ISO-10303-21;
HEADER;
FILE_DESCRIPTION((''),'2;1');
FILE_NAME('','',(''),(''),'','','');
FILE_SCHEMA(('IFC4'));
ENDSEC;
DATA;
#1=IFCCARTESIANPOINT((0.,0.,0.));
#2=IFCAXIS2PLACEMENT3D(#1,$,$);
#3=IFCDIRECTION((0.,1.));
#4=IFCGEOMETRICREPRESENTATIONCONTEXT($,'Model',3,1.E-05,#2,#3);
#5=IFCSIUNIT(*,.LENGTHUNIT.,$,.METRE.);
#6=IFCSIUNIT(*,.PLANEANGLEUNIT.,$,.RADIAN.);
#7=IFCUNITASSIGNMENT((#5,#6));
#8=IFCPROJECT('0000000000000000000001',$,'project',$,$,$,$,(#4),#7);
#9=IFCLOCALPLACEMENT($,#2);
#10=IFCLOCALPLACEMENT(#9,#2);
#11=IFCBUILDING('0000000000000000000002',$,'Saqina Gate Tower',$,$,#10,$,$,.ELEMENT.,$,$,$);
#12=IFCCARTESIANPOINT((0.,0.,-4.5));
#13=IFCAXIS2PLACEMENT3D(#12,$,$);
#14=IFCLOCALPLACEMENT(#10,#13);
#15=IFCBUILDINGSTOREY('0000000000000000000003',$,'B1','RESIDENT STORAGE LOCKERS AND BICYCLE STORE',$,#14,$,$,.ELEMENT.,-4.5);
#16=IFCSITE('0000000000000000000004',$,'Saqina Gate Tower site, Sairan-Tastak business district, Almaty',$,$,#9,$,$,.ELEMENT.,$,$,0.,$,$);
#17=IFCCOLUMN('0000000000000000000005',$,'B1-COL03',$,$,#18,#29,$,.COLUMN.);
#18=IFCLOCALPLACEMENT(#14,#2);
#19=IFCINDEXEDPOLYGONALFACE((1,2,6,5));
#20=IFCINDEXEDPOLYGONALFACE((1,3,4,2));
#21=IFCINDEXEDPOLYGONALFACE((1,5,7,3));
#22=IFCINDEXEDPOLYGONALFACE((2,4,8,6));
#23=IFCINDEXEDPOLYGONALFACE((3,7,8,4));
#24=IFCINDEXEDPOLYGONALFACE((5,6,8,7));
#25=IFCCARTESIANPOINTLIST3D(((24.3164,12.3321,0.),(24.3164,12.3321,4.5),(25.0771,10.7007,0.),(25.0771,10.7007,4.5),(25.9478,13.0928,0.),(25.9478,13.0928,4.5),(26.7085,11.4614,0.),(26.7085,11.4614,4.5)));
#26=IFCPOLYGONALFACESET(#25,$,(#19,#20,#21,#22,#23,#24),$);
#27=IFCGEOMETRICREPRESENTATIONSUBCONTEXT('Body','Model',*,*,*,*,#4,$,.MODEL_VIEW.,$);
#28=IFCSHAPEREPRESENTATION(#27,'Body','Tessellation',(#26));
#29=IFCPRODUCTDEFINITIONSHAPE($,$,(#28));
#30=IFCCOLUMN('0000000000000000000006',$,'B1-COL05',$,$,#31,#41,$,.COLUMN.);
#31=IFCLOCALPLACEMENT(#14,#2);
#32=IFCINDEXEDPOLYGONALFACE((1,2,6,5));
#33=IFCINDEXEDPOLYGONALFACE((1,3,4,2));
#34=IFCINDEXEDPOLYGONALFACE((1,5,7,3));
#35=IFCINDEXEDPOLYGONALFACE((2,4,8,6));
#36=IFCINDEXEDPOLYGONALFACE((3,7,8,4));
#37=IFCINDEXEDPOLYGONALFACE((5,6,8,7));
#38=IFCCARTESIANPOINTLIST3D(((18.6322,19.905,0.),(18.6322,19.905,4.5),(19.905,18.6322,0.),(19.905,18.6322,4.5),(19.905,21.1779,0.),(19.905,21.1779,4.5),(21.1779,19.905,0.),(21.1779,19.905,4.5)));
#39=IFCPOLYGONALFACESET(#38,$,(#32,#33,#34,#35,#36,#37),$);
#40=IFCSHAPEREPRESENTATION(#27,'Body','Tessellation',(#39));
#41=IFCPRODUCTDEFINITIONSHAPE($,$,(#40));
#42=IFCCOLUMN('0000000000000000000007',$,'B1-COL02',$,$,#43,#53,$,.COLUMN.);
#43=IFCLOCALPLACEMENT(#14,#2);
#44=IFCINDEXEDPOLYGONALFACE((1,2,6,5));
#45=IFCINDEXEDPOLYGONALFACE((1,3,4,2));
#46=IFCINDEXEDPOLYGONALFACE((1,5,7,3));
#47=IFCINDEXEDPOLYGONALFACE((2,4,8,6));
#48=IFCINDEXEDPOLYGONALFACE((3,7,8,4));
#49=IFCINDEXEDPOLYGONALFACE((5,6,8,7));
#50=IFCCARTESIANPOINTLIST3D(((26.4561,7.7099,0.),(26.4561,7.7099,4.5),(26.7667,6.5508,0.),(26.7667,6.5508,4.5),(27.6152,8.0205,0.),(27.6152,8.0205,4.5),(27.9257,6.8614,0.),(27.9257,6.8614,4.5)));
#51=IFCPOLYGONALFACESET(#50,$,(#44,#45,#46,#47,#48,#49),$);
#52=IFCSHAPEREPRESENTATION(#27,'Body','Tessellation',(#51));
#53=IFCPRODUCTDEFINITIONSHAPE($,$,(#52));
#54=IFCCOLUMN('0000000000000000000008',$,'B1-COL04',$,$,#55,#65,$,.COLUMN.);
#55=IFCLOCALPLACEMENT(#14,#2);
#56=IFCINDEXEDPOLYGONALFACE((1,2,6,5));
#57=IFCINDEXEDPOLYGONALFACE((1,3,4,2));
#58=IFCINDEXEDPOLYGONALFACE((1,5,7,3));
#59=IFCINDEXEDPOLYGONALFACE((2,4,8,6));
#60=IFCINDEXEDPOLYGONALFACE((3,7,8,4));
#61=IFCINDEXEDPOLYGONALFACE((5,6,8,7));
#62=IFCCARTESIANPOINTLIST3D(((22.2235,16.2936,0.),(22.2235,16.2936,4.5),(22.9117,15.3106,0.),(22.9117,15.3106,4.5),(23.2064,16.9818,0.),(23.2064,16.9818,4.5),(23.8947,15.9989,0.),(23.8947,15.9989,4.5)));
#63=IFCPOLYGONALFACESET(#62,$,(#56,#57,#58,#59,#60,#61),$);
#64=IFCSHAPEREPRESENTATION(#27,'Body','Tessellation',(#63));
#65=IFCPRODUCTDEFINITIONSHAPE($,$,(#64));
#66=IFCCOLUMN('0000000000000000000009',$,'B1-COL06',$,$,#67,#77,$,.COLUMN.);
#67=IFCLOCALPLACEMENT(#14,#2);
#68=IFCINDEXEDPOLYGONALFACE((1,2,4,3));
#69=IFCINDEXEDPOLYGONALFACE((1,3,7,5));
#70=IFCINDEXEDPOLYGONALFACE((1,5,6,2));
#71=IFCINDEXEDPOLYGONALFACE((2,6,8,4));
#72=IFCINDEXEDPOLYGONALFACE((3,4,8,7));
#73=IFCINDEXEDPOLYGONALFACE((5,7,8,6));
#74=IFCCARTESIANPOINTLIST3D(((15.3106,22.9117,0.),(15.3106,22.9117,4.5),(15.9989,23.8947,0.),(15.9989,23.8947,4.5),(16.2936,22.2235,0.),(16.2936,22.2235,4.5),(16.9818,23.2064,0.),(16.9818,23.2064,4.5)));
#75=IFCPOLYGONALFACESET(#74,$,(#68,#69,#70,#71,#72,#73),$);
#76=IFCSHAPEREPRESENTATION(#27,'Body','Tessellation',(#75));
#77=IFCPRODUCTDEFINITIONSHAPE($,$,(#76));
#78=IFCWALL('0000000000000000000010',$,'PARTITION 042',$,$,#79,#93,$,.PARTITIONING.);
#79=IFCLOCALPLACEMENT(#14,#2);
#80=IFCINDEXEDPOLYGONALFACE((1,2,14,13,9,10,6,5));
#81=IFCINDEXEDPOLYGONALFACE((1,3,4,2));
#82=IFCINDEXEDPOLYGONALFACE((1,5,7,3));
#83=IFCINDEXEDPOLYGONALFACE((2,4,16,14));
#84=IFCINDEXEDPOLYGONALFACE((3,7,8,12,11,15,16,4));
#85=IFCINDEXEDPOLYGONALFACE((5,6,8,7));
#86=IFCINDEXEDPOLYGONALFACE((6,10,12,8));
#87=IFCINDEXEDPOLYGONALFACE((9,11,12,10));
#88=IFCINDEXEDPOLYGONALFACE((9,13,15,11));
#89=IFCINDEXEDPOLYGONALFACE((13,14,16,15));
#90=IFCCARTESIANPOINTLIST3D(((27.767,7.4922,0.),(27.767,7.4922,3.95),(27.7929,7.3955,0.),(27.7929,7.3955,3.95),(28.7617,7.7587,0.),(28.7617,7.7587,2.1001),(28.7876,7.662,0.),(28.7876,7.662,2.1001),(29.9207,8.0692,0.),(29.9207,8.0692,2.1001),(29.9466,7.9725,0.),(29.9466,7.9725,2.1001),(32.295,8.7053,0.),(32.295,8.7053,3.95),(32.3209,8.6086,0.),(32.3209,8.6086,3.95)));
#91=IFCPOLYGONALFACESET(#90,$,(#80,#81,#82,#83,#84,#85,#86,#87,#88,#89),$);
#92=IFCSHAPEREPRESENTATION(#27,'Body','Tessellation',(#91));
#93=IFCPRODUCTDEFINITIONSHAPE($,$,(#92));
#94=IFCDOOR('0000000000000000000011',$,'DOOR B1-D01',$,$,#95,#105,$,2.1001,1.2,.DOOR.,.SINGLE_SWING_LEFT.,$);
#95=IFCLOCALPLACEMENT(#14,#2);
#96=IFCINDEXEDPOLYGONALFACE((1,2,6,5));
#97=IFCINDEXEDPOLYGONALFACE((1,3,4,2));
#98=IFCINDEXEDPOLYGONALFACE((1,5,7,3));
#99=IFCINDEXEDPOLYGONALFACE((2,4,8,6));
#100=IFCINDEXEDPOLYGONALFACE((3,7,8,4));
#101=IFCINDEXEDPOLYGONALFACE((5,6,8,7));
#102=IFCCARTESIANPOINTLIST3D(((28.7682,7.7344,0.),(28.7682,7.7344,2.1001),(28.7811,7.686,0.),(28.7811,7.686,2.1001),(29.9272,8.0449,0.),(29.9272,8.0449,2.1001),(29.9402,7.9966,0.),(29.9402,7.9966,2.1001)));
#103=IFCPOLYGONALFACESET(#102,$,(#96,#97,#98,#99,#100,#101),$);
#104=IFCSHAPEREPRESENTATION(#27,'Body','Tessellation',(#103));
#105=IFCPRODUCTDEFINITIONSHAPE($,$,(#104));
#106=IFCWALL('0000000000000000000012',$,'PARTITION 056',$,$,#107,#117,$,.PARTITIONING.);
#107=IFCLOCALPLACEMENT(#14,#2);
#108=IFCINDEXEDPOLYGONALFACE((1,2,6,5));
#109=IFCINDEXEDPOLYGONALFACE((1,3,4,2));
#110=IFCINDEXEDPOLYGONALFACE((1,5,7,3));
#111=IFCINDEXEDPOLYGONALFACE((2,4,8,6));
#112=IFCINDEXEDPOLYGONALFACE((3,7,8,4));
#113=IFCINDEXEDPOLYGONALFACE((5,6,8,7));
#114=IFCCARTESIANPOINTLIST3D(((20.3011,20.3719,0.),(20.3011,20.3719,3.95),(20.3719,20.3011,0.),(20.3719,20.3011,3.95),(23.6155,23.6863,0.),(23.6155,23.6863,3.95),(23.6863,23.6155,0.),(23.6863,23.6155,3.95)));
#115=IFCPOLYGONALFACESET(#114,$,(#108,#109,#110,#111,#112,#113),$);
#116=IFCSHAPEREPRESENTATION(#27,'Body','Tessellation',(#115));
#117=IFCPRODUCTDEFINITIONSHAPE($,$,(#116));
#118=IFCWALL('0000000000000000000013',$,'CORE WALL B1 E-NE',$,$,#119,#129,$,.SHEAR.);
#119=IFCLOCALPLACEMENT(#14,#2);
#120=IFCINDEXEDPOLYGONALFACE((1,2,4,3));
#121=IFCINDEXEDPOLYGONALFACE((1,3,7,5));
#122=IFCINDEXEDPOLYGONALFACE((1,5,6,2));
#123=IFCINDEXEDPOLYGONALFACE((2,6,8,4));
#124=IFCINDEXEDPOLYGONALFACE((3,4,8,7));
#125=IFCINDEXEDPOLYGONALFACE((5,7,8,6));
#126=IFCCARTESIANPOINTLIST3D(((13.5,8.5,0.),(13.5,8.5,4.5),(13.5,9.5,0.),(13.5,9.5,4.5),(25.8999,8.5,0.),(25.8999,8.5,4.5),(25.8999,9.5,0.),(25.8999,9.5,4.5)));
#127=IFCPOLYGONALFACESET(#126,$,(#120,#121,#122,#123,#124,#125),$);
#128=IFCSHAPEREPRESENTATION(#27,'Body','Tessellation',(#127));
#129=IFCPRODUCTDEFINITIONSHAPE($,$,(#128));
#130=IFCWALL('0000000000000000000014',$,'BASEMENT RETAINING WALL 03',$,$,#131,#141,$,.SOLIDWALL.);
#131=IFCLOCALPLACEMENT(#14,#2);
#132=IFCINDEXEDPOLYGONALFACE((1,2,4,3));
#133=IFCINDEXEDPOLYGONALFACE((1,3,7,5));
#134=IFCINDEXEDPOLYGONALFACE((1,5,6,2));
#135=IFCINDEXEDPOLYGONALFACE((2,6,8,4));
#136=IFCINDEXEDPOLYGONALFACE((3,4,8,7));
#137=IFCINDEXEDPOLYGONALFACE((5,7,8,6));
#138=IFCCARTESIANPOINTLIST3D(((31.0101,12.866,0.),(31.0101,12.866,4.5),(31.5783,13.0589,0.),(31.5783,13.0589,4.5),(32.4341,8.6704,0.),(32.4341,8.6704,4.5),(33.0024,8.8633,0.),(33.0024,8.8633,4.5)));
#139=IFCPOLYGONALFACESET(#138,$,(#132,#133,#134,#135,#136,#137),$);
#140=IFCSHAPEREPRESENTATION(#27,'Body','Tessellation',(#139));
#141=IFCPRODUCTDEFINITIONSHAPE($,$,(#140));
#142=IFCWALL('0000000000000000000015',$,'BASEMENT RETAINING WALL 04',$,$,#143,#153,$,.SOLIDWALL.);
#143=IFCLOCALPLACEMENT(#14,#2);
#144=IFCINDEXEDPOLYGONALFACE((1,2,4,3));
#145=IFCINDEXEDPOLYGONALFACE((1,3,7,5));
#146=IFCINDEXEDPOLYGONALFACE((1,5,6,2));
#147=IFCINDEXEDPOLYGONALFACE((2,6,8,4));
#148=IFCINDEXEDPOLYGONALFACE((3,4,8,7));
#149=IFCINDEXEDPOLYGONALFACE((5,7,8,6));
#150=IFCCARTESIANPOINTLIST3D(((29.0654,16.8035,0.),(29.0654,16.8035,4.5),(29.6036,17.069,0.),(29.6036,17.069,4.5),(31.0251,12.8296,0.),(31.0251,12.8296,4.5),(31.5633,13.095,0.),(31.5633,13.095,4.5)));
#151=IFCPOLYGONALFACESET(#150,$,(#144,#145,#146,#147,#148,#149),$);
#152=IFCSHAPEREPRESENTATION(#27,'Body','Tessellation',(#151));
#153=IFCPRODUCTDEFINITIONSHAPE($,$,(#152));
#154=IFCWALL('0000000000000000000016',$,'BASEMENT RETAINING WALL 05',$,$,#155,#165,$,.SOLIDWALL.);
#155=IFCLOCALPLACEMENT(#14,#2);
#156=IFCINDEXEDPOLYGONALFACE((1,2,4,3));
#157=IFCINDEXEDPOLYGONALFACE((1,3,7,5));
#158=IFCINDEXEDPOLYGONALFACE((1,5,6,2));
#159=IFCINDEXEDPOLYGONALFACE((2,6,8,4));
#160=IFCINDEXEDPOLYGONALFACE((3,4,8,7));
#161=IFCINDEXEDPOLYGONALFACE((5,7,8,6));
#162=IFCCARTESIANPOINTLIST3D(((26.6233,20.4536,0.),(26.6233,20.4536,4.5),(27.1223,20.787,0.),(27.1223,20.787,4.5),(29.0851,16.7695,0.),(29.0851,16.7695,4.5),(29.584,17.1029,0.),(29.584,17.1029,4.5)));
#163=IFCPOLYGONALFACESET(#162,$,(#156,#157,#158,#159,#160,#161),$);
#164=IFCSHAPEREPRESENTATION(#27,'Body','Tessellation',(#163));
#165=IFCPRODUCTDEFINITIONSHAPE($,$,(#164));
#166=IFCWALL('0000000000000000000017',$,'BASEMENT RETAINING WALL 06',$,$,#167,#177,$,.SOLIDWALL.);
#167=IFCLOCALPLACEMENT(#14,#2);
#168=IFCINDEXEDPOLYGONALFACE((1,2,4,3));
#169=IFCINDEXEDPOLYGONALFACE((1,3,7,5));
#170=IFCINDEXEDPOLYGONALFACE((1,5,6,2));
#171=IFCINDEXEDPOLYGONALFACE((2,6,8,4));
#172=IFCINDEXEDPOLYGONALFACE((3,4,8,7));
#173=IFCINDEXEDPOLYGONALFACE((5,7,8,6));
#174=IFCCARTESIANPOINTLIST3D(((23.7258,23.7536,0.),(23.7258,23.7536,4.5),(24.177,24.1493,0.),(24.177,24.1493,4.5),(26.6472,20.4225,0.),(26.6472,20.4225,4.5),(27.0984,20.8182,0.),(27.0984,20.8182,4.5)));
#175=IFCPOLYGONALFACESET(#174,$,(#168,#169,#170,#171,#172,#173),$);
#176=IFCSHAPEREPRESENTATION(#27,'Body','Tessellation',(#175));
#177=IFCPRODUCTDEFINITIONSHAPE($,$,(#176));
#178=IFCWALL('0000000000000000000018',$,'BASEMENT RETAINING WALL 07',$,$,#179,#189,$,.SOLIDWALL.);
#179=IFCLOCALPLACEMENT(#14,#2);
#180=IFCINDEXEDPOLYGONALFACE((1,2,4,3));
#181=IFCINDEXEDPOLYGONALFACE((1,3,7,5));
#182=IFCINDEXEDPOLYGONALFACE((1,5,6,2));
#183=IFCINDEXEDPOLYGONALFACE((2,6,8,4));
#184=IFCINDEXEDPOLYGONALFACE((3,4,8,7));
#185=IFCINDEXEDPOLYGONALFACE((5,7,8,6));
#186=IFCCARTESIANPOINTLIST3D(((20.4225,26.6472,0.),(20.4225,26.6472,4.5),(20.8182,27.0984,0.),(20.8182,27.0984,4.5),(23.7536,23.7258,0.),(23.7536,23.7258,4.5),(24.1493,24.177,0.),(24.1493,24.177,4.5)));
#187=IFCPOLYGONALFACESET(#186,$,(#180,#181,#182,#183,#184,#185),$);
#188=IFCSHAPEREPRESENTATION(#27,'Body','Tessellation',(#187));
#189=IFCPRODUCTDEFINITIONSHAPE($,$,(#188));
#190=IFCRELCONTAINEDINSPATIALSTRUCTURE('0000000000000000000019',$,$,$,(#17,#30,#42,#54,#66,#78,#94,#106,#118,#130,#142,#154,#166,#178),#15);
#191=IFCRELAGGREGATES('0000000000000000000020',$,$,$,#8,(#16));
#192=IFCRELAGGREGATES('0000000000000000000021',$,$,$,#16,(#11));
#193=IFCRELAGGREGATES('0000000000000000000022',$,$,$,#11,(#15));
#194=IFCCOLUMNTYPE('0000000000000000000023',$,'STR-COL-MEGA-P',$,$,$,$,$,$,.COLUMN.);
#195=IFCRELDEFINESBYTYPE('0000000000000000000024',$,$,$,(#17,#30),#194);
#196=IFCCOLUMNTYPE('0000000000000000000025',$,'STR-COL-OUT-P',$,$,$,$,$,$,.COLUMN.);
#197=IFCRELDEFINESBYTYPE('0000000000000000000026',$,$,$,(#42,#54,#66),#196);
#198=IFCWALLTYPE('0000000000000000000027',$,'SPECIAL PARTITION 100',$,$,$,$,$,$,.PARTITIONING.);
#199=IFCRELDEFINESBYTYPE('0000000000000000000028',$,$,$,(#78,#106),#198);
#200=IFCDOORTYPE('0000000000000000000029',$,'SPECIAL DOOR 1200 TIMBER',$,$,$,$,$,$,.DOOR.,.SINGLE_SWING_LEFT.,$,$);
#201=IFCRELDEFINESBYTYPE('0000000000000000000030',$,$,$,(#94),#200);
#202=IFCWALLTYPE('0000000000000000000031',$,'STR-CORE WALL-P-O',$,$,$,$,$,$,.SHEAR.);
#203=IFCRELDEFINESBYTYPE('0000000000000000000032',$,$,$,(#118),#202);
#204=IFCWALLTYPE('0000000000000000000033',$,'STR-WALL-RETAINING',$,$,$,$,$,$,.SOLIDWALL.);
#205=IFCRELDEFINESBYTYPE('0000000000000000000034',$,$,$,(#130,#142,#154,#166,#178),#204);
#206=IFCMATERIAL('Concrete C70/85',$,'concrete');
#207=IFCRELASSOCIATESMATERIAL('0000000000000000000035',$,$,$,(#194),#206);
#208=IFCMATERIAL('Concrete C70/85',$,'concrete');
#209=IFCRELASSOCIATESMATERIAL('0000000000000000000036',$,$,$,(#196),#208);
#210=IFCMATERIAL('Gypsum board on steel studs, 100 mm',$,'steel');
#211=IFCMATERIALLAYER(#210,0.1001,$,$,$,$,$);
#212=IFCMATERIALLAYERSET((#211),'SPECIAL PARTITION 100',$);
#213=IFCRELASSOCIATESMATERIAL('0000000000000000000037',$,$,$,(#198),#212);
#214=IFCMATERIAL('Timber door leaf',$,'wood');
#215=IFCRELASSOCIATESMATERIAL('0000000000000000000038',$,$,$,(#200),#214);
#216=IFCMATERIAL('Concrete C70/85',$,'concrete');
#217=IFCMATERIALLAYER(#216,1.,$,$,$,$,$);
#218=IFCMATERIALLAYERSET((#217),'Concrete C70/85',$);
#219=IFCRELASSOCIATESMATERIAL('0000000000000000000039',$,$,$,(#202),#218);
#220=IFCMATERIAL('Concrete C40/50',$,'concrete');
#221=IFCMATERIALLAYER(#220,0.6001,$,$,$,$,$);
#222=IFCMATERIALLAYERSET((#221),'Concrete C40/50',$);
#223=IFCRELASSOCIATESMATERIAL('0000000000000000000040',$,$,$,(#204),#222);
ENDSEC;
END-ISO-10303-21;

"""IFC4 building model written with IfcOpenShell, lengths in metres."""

from ifc_helpers import new_model, si_unit, direction, frame, frame_2d, origin, origin_2d, place, context, subcontext, project, spatial, rectangle, extrude, material, layer, layer_set, material_profile, profile_set, type_object, element, fill, save


model = new_model("IFC4")

# Units and contexts
model_context = context("Model", 3, precision=1e-05, world=origin(), true_north=direction((0.0, 1.0)))
body_context = subcontext(model_context, "Body", "Model", "MODEL_VIEW")
ifc_project = project(units=[si_unit("LENGTHUNIT", "METRE"), si_unit("PLANEANGLEUNIT", "RADIAN")], contexts=[model_context])

# Site, building, storey
site_placement = place(None, origin())
site = spatial("IfcSite", under=ifc_project, at=site_placement, Name="Saqina Gate Tower site, Sairan-Tastak business district, Almaty", CompositionType="ELEMENT", RefElevation=0.0)
building_placement = place(site_placement, origin())
building = spatial("IfcBuilding", under=site, at=building_placement, Name="Saqina Gate Tower", CompositionType="ELEMENT")
storey_placement = place(building_placement, frame((0.0, 0.0, -4.5)))
storey = spatial("IfcBuildingStorey", under=building, at=storey_placement, Name="B1", Description="RESIDENT STORAGE LOCKERS AND BICYCLE STORE", CompositionType="ELEMENT", Elevation=-4.5)

# Columns
ifc_material_1 = material(Name="Concrete C70/85", Category="concrete")
ifc_material_profile_1 = material_profile(ifc_material_1, rectangle(XDim=1.8, YDim=1.8, at=origin_2d()), Name="RC 1800x1800")
ifc_profile_set_1 = profile_set([ifc_material_profile_1], Name="Concrete C70/85")
column_type_1 = type_object("IfcColumnType", Name="STR-COL-MEGA-P", PredefinedType="COLUMN", material=ifc_profile_set_1)
for number, where, z_axis, x_axis, name in (
    (1, (25.5125, 11.8967, 0.0), (0.0, 0.0, 1.0), (0.906308, 0.422618, 0.0), "B1-COL03"),
    (2, (19.905, 19.905, 0.0), (0.0, 0.0, 1.0), (0.707107, 0.707107, 0.0), "B1-COL05"),
):
    element("IfcColumn", number, at=place(storey_placement, frame(where, z_axis=z_axis, x_axis=x_axis)), inside=storey, type_object=column_type_1, Name=name, PredefinedType="COLUMN", context=body_context, shape_type="SweptSolid", body=[
        extrude(rectangle(XDim=1.8, YDim=1.8, at=origin_2d()), origin(), (0.0, 0.0, 1.0), 4.5),
    ])
ifc_material_2 = material(Name="Concrete C70/85", Category="concrete")
ifc_material_profile_2 = material_profile(ifc_material_2, rectangle(XDim=1.2, YDim=1.2, at=origin_2d()), Name="RC 1200x1200")
ifc_profile_set_2 = profile_set([ifc_material_profile_2], Name="Concrete C70/85")
column_type_2 = type_object("IfcColumnType", Name="STR-COL-OUT-P", PredefinedType="COLUMN", material=ifc_profile_set_2)
for number, where, z_axis, x_axis, name in (
    (3, (27.1909, 7.2856, 0.0), (0.0, 0.0, 1.0), (0.965926, 0.258819, 0.0), "B1-COL02"),
    (4, (23.0591, 16.1462, 0.0), (0.0, 0.0, 1.0), (0.819152, 0.573576, 0.0), "B1-COL04"),
    (5, (16.1462, 23.0591, 0.0), (0.0, 0.0, 1.0), (0.573576, 0.819152, 0.0), "B1-COL06"),
):
    element("IfcColumn", number, at=place(storey_placement, frame(where, z_axis=z_axis, x_axis=x_axis)), inside=storey, type_object=column_type_2, Name=name, PredefinedType="COLUMN", context=body_context, shape_type="SweptSolid", body=[
        extrude(rectangle(XDim=1.2, YDim=1.2, at=origin_2d()), origin(), (0.0, 0.0, 1.0), 4.5),
    ])

# Wall, opening, door
ifc_material_3 = material(Name="Gypsum board on steel studs, 100 mm", Category="steel")
ifc_layer_1 = layer(ifc_material_3, 0.1001)
ifc_layer_set_1 = layer_set([ifc_layer_1], Name="SPECIAL PARTITION 100")
wall_type_1 = type_object("IfcWallType", Name="SPECIAL PARTITION 100", PredefinedType="PARTITIONING", material=ifc_layer_set_1)
wall_1_placement = place(storey_placement, frame((27.78, 7.4438, 0.0), z_axis=(0.0, 0.0, 1.0), x_axis=(0.965934, 0.258787, 0.0)))
wall_1 = element("IfcWall", 6, at=wall_1_placement, inside=storey, type_object=wall_type_1, Name="PARTITION 042", PredefinedType="PARTITIONING", context=body_context, shape_type="SweptSolid", body=[
    extrude(rectangle(XDim=4.6877, YDim=0.1001, at=frame_2d((2.3438, 0.0))), origin(), (0.0, 0.0, 1.0), 3.95),
])
opening_placement = place(wall_1_placement, frame((1.0295, 0.0, 0.0)))
opening = element("IfcOpeningElement", 7, at=opening_placement, cuts=wall_1, PredefinedType="OPENING", context=body_context, shape_type="SweptSolid", body=[
    extrude(rectangle(XDim=1.2, YDim=2.1001, at=frame_2d((0.6001, 1.05))), frame((0.0, 0.062, 0.0), z_axis=(0.0, -1.0, 0.0), x_axis=(1.0, 0.0, 0.0)), (0.0, 0.0, 1.0), 0.124),
])
ifc_material_4 = material(Name="Timber door leaf", Category="wood")
door_type = type_object("IfcDoorType", Name="SPECIAL DOOR 1200 TIMBER", OperationType="SINGLE_SWING_LEFT", PredefinedType="DOOR", material=ifc_material_4)
door_placement = place(opening_placement, origin())
door = element("IfcDoor", 8, at=door_placement, inside=storey, type_object=door_type, Name="DOOR B1-D01", OperationType="SINGLE_SWING_LEFT", OverallHeight=2.1001, OverallWidth=1.2, PredefinedType="DOOR", context=body_context, shape_type="SweptSolid", body=[
    extrude(rectangle(XDim=1.2, YDim=2.1001, at=frame_2d((0.6001, 1.05))), frame((0.0, 0.0249, 0.0), z_axis=(0.0, -1.0, 0.0), x_axis=(1.0, 0.0, 0.0)), (0.0, 0.0, 1.0), 0.05),
])
fill(opening, door)

# Walls
wall_2_placement = place(storey_placement, frame((20.3364, 20.3364, 0.0), z_axis=(0.0, 0.0, 1.0), x_axis=(0.707107, 0.707107, 0.0)))
element("IfcWall", 9, at=wall_2_placement, inside=storey, type_object=wall_type_1, Name="PARTITION 056", PredefinedType="PARTITIONING", context=body_context, shape_type="SweptSolid", body=[
    extrude(rectangle(XDim=4.6873, YDim=0.1001, at=frame_2d((2.3438, 0.0))), origin(), (0.0, 0.0, 1.0), 3.95),
])
ifc_material_5 = material(Name="Concrete C70/85", Category="concrete")
ifc_layer_2 = layer(ifc_material_5, 1.0)
ifc_layer_set_2 = layer_set([ifc_layer_2], Name="Concrete C70/85")
wall_type_2 = type_object("IfcWallType", Name="STR-CORE WALL-P-O", PredefinedType="SHEAR", material=ifc_layer_set_2)
wall_3_placement = place(storey_placement, frame((13.5, 9.0, 0.0), z_axis=(0.0, 0.0, 1.0), x_axis=(1.0, 0.0, 0.0)))
element("IfcWall", 10, at=wall_3_placement, inside=storey, type_object=wall_type_2, Name="CORE WALL B1 E-NE", PredefinedType="SHEAR", context=body_context, shape_type="SweptSolid", body=[
    extrude(rectangle(XDim=12.3999, YDim=1.0, at=frame_2d((6.2, 0.0))), origin(), (0.0, 0.0, 1.0), 4.5),
])
ifc_material_6 = material(Name="Concrete C40/50", Category="concrete")
ifc_layer_3 = layer(ifc_material_6, 0.6001)
ifc_layer_set_3 = layer_set([ifc_layer_3], Name="Concrete C40/50")
wall_type_3 = type_object("IfcWallType", Name="STR-WALL-RETAINING", PredefinedType="SOLIDWALL", material=ifc_layer_set_3)
wall_4_placement = place(storey_placement, frame((32.7183, 8.7668, 0.0), z_axis=(0.0, 0.0, 1.0), x_axis=(-0.321414, 0.946939, 0.0)))
element("IfcWall", 11, at=wall_4_placement, inside=storey, type_object=wall_type_3, Name="BASEMENT RETAINING WALL 03", PredefinedType="SOLIDWALL", context=body_context, shape_type="SweptSolid", body=[
    extrude(rectangle(XDim=4.4307, YDim=0.6001, at=frame_2d((2.2153, 0.0))), origin(), (0.0, 0.0, 1.0), 4.5),
])
for number, where, z_axis, x_axis, name in (
    (12, (31.2942, 12.9624, 0.0), (0.0, 0.0, 1.0), (-0.442292, 0.896871, 0.0), "BASEMENT RETAINING WALL 04"),
    (13, (29.3345, 16.9363, 0.0), (0.0, 0.0, 1.0), (-0.555577, 0.831465, 0.0), "BASEMENT RETAINING WALL 05"),
):
    element("IfcWall", number, at=place(storey_placement, frame(where, z_axis=z_axis, x_axis=x_axis)), inside=storey, type_object=wall_type_3, Name=name, PredefinedType="SOLIDWALL", context=body_context, shape_type="SweptSolid", body=[
        extrude(rectangle(XDim=4.4309, YDim=0.6001, at=frame_2d((2.2153, 0.0))), origin(), (0.0, 0.0, 1.0), 4.5),
    ])
for number, where, z_axis, x_axis, name in (
    (14, (26.8728, 20.6204, 0.0), (0.0, 0.0, 1.0), (-0.659362, 0.751825, 0.0), "BASEMENT RETAINING WALL 06"),
    (15, (23.9514, 23.9514, 0.0), (0.0, 0.0, 1.0), (-0.751825, 0.659362, 0.0), "BASEMENT RETAINING WALL 07"),
):
    element("IfcWall", number, at=place(storey_placement, frame(where, z_axis=z_axis, x_axis=x_axis)), inside=storey, type_object=wall_type_3, Name=name, PredefinedType="SOLIDWALL", context=body_context, shape_type="SweptSolid", body=[
        extrude(rectangle(XDim=4.4307, YDim=0.6001, at=frame_2d((2.2153, 0.0))), origin(), (0.0, 0.0, 1.0), 4.5),
    ])

save(model, "model.ifc")
